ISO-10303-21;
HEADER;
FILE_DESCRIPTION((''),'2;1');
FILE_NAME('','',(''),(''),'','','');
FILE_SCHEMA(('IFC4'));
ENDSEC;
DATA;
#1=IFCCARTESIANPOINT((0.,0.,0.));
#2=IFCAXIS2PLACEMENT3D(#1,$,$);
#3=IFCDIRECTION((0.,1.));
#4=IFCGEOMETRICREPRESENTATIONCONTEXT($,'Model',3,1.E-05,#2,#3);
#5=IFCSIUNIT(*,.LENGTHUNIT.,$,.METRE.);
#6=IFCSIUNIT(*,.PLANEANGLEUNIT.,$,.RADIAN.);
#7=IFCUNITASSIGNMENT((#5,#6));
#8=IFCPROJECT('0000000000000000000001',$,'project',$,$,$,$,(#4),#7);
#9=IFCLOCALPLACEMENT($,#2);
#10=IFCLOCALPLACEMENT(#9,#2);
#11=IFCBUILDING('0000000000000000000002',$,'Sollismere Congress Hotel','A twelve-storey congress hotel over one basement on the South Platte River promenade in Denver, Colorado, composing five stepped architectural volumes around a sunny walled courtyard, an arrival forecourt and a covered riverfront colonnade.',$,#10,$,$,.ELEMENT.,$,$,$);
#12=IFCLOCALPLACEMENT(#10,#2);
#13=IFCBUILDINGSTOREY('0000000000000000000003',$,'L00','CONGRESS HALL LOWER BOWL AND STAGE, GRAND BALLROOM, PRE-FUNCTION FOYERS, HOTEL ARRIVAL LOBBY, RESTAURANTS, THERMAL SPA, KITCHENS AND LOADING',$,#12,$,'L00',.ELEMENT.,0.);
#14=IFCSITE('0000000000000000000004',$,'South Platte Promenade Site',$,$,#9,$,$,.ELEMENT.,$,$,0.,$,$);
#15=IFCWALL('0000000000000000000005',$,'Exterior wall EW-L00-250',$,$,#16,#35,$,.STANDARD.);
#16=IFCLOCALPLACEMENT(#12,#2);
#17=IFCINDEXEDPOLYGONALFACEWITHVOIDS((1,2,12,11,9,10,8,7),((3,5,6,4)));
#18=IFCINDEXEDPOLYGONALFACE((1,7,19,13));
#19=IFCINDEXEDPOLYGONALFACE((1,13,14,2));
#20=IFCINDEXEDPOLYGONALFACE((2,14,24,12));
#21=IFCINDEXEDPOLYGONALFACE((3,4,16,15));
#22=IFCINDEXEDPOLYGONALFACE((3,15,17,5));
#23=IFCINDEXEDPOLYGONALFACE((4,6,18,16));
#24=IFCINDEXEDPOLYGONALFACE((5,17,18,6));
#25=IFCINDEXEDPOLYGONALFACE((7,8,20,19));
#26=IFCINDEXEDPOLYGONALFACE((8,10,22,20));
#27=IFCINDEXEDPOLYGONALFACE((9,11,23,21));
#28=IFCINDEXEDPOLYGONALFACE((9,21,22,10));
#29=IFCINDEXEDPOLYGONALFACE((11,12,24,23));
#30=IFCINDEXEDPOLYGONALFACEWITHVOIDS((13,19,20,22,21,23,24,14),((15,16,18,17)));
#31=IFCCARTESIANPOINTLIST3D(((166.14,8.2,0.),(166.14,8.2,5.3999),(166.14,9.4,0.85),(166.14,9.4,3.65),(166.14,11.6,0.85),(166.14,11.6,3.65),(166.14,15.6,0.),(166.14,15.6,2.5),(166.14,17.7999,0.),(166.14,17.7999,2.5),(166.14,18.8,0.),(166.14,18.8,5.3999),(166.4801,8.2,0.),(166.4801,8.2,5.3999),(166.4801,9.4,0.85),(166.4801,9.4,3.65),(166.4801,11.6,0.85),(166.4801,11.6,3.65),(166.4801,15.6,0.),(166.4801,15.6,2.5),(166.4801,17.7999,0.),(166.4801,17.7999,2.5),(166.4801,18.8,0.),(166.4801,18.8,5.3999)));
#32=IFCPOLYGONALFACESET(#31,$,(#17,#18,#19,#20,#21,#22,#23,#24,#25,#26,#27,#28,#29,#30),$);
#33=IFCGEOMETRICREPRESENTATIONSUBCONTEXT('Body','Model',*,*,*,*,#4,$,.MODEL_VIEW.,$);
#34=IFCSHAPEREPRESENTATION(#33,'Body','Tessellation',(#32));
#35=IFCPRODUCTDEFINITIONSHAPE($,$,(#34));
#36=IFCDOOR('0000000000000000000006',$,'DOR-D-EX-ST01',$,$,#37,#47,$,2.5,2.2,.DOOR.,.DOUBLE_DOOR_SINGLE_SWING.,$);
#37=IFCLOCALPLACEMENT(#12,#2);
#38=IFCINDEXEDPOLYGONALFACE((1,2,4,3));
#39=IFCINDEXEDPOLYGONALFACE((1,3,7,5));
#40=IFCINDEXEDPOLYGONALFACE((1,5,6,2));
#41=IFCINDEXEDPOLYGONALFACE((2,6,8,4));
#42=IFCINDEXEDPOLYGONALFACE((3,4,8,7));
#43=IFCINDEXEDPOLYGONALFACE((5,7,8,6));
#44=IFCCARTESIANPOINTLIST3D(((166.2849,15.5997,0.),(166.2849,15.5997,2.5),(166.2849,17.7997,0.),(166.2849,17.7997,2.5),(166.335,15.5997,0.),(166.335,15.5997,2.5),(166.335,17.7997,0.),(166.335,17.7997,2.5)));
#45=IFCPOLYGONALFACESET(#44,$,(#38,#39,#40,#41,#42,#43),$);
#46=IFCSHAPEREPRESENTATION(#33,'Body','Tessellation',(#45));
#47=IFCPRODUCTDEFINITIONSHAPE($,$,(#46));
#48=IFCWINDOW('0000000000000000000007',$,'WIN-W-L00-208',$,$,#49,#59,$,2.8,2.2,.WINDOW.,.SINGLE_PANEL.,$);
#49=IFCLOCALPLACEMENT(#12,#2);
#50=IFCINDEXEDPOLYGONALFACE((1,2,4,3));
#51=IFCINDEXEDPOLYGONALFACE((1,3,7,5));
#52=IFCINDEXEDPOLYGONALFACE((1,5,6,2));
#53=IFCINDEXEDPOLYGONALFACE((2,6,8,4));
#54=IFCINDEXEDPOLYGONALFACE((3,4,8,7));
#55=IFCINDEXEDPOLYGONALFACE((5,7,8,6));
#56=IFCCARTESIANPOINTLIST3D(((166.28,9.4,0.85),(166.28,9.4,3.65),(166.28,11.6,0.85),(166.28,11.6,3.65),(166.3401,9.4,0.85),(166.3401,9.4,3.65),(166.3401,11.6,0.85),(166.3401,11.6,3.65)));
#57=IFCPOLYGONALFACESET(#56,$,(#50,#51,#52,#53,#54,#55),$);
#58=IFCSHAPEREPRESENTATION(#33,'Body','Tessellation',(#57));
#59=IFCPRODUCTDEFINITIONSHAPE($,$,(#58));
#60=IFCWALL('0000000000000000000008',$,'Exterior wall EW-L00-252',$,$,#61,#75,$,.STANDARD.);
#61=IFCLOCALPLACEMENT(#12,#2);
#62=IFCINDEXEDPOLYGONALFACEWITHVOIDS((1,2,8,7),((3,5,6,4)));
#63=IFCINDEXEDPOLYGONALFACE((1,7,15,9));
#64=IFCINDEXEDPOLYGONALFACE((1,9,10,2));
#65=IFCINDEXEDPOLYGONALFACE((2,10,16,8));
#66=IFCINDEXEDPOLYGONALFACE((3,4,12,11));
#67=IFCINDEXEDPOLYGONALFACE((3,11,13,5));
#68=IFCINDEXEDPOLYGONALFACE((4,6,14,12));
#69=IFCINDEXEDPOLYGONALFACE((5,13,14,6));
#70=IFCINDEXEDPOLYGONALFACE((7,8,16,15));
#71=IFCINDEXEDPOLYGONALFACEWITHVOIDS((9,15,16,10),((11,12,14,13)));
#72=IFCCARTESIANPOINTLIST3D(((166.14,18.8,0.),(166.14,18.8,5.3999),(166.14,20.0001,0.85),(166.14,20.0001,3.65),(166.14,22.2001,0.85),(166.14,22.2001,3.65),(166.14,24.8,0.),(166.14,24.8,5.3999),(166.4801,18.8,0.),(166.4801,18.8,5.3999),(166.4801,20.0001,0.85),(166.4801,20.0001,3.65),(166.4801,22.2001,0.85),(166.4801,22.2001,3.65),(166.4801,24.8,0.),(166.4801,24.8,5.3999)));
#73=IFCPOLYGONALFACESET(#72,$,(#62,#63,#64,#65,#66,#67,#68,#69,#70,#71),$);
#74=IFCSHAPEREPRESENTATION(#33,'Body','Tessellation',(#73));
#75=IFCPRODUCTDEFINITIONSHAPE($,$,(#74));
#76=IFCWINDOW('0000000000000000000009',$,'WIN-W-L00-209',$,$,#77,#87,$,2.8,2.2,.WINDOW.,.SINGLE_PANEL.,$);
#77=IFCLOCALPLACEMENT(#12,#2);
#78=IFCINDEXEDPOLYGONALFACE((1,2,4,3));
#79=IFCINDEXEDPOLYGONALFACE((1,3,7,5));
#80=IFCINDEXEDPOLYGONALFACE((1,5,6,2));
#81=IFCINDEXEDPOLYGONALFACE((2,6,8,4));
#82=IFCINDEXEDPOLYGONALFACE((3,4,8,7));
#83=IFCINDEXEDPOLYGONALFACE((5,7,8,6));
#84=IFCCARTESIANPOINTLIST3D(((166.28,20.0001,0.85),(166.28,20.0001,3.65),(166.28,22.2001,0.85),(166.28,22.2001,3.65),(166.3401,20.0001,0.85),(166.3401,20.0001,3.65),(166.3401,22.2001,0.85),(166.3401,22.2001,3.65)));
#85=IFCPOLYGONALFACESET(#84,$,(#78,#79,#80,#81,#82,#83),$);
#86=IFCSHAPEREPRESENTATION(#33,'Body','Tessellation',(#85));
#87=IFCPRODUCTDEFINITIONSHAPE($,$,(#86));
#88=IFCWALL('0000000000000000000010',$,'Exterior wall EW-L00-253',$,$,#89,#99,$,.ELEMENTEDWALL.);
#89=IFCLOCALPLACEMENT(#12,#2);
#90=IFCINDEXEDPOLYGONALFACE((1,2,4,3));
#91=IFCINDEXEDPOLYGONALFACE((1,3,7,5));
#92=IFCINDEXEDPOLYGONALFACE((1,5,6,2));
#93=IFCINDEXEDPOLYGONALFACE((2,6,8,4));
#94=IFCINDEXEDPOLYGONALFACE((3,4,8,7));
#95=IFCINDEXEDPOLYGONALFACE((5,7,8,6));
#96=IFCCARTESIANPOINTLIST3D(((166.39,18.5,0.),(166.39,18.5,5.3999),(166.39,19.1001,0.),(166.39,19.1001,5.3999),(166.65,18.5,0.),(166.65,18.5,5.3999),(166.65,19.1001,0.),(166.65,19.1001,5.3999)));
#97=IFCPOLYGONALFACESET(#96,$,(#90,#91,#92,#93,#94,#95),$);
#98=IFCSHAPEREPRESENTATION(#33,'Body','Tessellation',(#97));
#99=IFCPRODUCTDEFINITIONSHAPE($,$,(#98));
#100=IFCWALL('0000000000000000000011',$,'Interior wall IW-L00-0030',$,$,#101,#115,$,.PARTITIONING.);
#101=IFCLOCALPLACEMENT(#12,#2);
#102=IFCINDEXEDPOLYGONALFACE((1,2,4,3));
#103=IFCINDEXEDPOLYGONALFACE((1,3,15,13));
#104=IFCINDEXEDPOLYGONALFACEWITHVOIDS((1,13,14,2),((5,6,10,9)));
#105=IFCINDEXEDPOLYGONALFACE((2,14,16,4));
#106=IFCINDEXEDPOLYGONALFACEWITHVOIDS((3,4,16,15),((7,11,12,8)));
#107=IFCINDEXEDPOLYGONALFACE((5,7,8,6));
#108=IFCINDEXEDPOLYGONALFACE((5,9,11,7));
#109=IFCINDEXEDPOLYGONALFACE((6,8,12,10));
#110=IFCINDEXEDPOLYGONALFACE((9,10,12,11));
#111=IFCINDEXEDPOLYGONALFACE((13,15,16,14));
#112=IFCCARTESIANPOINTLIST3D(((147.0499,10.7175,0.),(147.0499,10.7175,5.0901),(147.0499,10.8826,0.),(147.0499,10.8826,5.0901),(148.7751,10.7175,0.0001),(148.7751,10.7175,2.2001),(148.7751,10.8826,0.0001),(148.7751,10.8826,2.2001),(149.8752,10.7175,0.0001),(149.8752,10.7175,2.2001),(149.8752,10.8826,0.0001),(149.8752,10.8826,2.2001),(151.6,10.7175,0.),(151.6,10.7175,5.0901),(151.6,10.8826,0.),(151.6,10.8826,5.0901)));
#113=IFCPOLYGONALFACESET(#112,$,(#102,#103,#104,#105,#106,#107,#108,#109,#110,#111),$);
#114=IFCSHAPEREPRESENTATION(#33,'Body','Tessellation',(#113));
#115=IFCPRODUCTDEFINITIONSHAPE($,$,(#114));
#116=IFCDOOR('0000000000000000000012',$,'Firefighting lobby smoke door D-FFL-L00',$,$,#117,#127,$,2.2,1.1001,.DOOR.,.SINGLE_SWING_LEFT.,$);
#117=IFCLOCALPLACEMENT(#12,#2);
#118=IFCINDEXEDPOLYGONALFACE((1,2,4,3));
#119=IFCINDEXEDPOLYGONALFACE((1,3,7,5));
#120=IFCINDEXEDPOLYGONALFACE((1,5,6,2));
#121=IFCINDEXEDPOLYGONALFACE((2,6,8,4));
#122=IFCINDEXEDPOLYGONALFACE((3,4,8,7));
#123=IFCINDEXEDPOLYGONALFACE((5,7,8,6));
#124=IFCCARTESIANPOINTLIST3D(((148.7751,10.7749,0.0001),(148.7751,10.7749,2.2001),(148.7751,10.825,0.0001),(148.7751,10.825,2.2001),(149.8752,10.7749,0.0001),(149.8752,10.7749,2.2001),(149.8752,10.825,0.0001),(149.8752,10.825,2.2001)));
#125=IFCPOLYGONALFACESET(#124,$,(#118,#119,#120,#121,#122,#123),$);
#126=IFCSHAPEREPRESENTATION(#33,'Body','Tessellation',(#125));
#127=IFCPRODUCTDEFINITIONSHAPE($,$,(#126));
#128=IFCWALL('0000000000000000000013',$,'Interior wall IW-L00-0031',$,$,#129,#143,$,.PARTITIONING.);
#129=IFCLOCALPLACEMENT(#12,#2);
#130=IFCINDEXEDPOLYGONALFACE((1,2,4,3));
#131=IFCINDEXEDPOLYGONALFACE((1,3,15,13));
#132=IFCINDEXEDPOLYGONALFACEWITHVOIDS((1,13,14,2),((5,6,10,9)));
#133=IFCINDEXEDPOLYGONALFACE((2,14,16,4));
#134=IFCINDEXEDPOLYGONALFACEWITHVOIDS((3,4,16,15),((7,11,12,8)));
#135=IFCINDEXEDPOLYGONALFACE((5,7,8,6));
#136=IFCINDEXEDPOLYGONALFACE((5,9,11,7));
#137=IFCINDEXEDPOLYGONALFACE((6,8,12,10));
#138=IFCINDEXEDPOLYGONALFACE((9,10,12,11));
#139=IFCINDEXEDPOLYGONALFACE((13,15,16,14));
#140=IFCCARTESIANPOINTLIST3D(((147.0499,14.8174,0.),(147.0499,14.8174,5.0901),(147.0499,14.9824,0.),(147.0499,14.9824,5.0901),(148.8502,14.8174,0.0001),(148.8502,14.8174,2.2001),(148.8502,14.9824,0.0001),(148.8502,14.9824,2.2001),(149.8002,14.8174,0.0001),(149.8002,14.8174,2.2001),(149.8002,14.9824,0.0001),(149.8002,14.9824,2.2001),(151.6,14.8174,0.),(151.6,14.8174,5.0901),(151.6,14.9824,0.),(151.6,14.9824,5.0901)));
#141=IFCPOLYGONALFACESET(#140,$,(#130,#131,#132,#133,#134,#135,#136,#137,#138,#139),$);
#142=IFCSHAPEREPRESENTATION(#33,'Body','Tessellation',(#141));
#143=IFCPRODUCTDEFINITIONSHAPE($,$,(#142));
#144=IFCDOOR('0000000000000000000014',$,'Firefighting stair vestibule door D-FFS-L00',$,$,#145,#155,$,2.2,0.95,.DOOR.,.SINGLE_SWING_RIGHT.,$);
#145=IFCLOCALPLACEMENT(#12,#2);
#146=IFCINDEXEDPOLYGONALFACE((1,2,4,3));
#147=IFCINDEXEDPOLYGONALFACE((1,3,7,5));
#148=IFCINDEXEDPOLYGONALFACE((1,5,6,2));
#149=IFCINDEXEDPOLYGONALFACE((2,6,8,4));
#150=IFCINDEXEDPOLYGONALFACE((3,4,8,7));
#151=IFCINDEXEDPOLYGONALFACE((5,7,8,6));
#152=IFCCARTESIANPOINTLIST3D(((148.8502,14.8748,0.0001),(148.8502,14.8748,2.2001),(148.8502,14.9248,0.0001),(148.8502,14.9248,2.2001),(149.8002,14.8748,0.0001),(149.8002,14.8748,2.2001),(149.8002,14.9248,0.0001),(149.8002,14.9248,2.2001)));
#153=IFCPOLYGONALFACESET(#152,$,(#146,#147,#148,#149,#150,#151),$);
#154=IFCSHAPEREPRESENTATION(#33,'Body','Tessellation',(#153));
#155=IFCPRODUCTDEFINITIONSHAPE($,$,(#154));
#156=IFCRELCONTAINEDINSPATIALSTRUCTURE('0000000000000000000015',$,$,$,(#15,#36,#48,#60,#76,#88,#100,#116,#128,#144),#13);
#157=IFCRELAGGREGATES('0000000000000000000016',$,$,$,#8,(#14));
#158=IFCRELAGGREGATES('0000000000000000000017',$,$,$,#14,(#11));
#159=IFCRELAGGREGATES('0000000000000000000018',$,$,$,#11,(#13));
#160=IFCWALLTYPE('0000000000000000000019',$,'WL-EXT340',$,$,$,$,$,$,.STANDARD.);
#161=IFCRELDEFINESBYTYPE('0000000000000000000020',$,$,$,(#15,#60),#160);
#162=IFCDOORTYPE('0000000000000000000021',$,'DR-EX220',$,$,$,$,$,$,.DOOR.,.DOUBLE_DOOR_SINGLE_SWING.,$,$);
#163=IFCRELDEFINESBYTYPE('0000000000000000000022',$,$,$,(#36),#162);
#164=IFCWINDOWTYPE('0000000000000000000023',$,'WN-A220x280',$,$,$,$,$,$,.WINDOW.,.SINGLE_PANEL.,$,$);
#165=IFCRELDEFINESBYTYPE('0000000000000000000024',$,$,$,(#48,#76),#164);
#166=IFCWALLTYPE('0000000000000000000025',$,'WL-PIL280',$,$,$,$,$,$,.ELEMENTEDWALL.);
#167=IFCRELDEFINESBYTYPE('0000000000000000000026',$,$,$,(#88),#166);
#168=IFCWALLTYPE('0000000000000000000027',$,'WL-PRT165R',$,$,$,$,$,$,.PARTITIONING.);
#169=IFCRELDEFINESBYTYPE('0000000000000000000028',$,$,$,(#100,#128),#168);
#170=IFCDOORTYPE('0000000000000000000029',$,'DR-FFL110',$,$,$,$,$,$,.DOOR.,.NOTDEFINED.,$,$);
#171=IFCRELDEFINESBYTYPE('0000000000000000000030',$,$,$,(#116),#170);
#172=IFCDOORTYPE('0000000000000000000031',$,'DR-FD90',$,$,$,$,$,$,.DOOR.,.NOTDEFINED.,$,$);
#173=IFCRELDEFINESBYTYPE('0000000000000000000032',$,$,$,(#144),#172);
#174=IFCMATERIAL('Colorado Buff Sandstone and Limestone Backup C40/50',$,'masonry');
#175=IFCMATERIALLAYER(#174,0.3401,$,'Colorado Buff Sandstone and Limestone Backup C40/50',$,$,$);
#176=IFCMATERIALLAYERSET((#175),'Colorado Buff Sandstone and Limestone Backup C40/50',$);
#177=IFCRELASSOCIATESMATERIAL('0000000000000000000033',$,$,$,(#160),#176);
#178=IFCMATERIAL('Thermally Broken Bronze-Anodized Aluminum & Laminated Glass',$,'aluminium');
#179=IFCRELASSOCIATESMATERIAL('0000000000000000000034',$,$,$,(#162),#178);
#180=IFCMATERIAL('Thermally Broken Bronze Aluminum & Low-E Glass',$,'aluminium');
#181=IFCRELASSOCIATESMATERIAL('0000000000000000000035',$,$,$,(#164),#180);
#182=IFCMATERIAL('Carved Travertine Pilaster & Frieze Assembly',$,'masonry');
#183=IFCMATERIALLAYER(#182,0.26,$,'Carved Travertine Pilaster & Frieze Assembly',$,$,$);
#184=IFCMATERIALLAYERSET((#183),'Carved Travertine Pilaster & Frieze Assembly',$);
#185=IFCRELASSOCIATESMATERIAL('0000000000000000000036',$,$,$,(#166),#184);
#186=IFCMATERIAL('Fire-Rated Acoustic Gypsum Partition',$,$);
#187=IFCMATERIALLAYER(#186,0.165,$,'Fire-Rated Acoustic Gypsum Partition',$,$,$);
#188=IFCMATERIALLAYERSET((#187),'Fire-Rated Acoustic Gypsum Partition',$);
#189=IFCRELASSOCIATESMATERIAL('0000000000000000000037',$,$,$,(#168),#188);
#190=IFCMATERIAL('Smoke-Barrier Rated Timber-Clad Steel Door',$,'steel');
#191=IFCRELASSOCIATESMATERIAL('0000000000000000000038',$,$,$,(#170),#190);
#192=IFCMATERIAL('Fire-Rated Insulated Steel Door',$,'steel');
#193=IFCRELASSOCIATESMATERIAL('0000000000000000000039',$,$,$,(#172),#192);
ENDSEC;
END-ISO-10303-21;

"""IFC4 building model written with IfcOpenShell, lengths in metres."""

from ifc_helpers import new_model, si_unit, direction, frame, frame_2d, origin, place, context, subcontext, project, spatial, rectangle, extrude, material, layer, layer_set, type_object, element, fill, save


model = new_model("IFC4")

# Units and contexts
model_context = context("Model", 3, precision=1e-05, world=origin(), true_north=direction((0.0, 1.0)))
body_context = subcontext(model_context, "Body", "Model", "MODEL_VIEW")
ifc_project = project(units=[si_unit("LENGTHUNIT", "METRE"), si_unit("PLANEANGLEUNIT", "RADIAN")], contexts=[model_context])

# Site, building, storey
site_placement = place(None, origin())
site = spatial("IfcSite", under=ifc_project, at=site_placement, Name="South Platte Promenade Site", CompositionType="ELEMENT", RefElevation=0.0)
building_placement = place(site_placement, origin())
building = spatial("IfcBuilding", under=site, at=building_placement, Name="Sollismere Congress Hotel", Description="A twelve-storey congress hotel over one basement on the South Platte River promenade in Denver, Colorado, composing five stepped architectural volumes around a sunny walled courtyard, an arrival forecourt and a covered riverfront colonnade.", CompositionType="ELEMENT")
storey_placement = place(building_placement, origin())
storey = spatial("IfcBuildingStorey", under=building, at=storey_placement, Name="L00", Description="CONGRESS HALL LOWER BOWL AND STAGE, GRAND BALLROOM, PRE-FUNCTION FOYERS, HOTEL ARRIVAL LOBBY, RESTAURANTS, THERMAL SPA, KITCHENS AND LOADING", LongName="L00", CompositionType="ELEMENT", Elevation=0.0)

# Wall, openings, door, window
ifc_material_1 = material(Name="Colorado Buff Sandstone and Limestone Backup C40/50", Category="masonry")
ifc_layer_1 = layer(ifc_material_1, 0.3401, Name="Colorado Buff Sandstone and Limestone Backup C40/50")
ifc_layer_set_1 = layer_set([ifc_layer_1], Name="Colorado Buff Sandstone and Limestone Backup C40/50")
wall_type_1 = type_object("IfcWallType", Name="WL-EXT340", PredefinedType="STANDARD", material=ifc_layer_set_1)
wall_1_placement = place(storey_placement, frame((166.3101, 8.2, 0.0), z_axis=(0.0, 0.0, 1.0), x_axis=(0.0, 1.0, 0.0)))
wall_1 = element("IfcWall", 1, at=wall_1_placement, inside=storey, type_object=wall_type_1, Name="Exterior wall EW-L00-250", PredefinedType="STANDARD", context=body_context, shape_type="SweptSolid", body=[
    extrude(rectangle(XDim=10.6001, YDim=0.3401, at=frame_2d((5.3, 0.0))), origin(), (0.0, 0.0, 1.0), 5.3999),
])
opening_1_placement = place(wall_1_placement, frame((1.2, 0.0, 0.8501)))
opening_1 = element("IfcOpeningElement", 2, at=opening_1_placement, cuts=wall_1, PredefinedType="OPENING", context=body_context, shape_type="SweptSolid", body=[
    extrude(rectangle(XDim=2.2, YDim=2.8, at=frame_2d((1.1001, 1.3999))), frame((0.0, 0.1799, 0.0), z_axis=(0.0, -1.0, 0.0), x_axis=(1.0, 0.0, 0.0)), (0.0, 0.0, 1.0), 0.3601),
])
opening_2_placement = place(wall_1_placement, frame((7.3999, 0.0, 0.0)))
opening_2 = element("IfcOpeningElement", 3, at=opening_2_placement, cuts=wall_1, PredefinedType="OPENING", context=body_context, shape_type="SweptSolid", body=[
    extrude(rectangle(XDim=2.2, YDim=2.5, at=frame_2d((1.1001, 1.25))), frame((0.0, 0.1799, 0.0), z_axis=(0.0, -1.0, 0.0), x_axis=(1.0, 0.0, 0.0)), (0.0, 0.0, 1.0), 0.3601),
])
ifc_material_2 = material(Name="Thermally Broken Bronze-Anodized Aluminum & Laminated Glass", Category="aluminium")
door_type_1 = type_object("IfcDoorType", Name="DR-EX220", OperationType="DOUBLE_DOOR_SINGLE_SWING", PredefinedType="DOOR", material=ifc_material_2)
door_1_placement = place(opening_2_placement, frame((2.2, 0.0, 0.0), z_axis=(0.0, 0.0, 1.0), x_axis=(-1.0, 0.0, 0.0)))
door_1 = element("IfcDoor", 4, at=door_1_placement, inside=storey, type_object=door_type_1, Name="DOR-D-EX-ST01", OperationType="DOUBLE_DOOR_SINGLE_SWING", OverallHeight=2.5, OverallWidth=2.2, PredefinedType="DOOR", context=body_context, shape_type="SweptSolid", body=[
    extrude(rectangle(XDim=2.2, YDim=2.5, at=frame_2d((1.1001, 1.25))), frame((0.0, 0.0249, 0.0), z_axis=(0.0, -1.0, 0.0), x_axis=(1.0, 0.0, 0.0)), (0.0, 0.0, 1.0), 0.05),
])
fill(opening_2, door_1)
ifc_material_3 = material(Name="Thermally Broken Bronze Aluminum & Low-E Glass", Category="aluminium")
window_type = type_object("IfcWindowType", Name="WN-A220x280", PartitioningType="SINGLE_PANEL", PredefinedType="WINDOW", material=ifc_material_3)
window_1_placement = place(opening_1_placement, origin())
window_1 = element("IfcWindow", 5, at=window_1_placement, inside=storey, type_object=window_type, Name="WIN-W-L00-208", OverallHeight=2.8, OverallWidth=2.2, PartitioningType="SINGLE_PANEL", PredefinedType="WINDOW", context=body_context, shape_type="SweptSolid", body=[
    extrude(rectangle(XDim=2.2, YDim=2.8, at=frame_2d((1.1001, 1.3999))), frame((0.0, 0.03, 0.0), z_axis=(0.0, -1.0, 0.0), x_axis=(1.0, 0.0, 0.0)), (0.0, 0.0, 1.0), 0.0601),
])
fill(opening_1, window_1)

# Wall, opening, window
wall_2_placement = place(storey_placement, frame((166.3101, 18.8, 0.0), z_axis=(0.0, 0.0, 1.0), x_axis=(0.0, 1.0, 0.0)))
wall_2 = element("IfcWall", 6, at=wall_2_placement, inside=storey, type_object=wall_type_1, Name="Exterior wall EW-L00-252", PredefinedType="STANDARD", context=body_context, shape_type="SweptSolid", body=[
    extrude(rectangle(XDim=6.0, YDim=0.3401, at=frame_2d((3.0, 0.0))), origin(), (0.0, 0.0, 1.0), 5.3999),
])
opening_3_placement = place(wall_2_placement, frame((1.2, 0.0, 0.8501)))
opening_3 = element("IfcOpeningElement", 7, at=opening_3_placement, cuts=wall_2, PredefinedType="OPENING", context=body_context, shape_type="SweptSolid", body=[
    extrude(rectangle(XDim=2.2, YDim=2.8, at=frame_2d((1.1001, 1.3999))), frame((0.0, 0.1799, 0.0), z_axis=(0.0, -1.0, 0.0), x_axis=(1.0, 0.0, 0.0)), (0.0, 0.0, 1.0), 0.3601),
])
window_2_placement = place(opening_3_placement, origin())
window_2 = element("IfcWindow", 8, at=window_2_placement, inside=storey, type_object=window_type, Name="WIN-W-L00-209", OverallHeight=2.8, OverallWidth=2.2, PartitioningType="SINGLE_PANEL", PredefinedType="WINDOW", context=body_context, shape_type="SweptSolid", body=[
    extrude(rectangle(XDim=2.2, YDim=2.8, at=frame_2d((1.1001, 1.3999))), frame((0.0, 0.03, 0.0), z_axis=(0.0, -1.0, 0.0), x_axis=(1.0, 0.0, 0.0)), (0.0, 0.0, 1.0), 0.0601),
])
fill(opening_3, window_2)

# Wall
ifc_material_4 = material(Name="Carved Travertine Pilaster & Frieze Assembly", Category="masonry")
ifc_layer_2 = layer(ifc_material_4, 0.26, Name="Carved Travertine Pilaster & Frieze Assembly")
ifc_layer_set_2 = layer_set([ifc_layer_2], Name="Carved Travertine Pilaster & Frieze Assembly")
wall_type_2 = type_object("IfcWallType", Name="WL-PIL280", PredefinedType="ELEMENTEDWALL", material=ifc_layer_set_2)
wall_3_placement = place(storey_placement, frame((166.52, 18.5, 0.0), z_axis=(0.0, 0.0, 1.0), x_axis=(0.0, 1.0, 0.0)))
element("IfcWall", 9, at=wall_3_placement, inside=storey, type_object=wall_type_2, Name="Exterior wall EW-L00-253", PredefinedType="ELEMENTEDWALL", context=body_context, shape_type="SweptSolid", body=[
    extrude(rectangle(XDim=0.6001, YDim=0.26, at=frame_2d((0.3, 0.0))), origin(), (0.0, 0.0, 1.0), 5.3999),
])

# Walls, openings, doors
ifc_material_5 = material(Name="Fire-Rated Acoustic Gypsum Partition")
ifc_layer_3 = layer(ifc_material_5, 0.165, Name="Fire-Rated Acoustic Gypsum Partition")
ifc_layer_set_3 = layer_set([ifc_layer_3], Name="Fire-Rated Acoustic Gypsum Partition")
wall_type_3 = type_object("IfcWallType", Name="WL-PRT165R", PredefinedType="PARTITIONING", material=ifc_layer_set_3)
wall_4_placement = place(storey_placement, frame((147.05, 10.8, 0.0), z_axis=(0.0, 0.0, 1.0), x_axis=(1.0, 0.0, 0.0)))
wall_4 = element("IfcWall", 10, at=wall_4_placement, inside=storey, type_object=wall_type_3, Name="Interior wall IW-L00-0030", PredefinedType="PARTITIONING", context=body_context, shape_type="SweptSolid", body=[
    extrude(rectangle(XDim=4.55, YDim=0.165, at=frame_2d((2.2749, 0.0))), origin(), (0.0, 0.0, 1.0), 5.0901),
])
opening_4_placement = place(wall_4_placement, frame((1.7251, 0.0, 0.0)))
opening_4 = element("IfcOpeningElement", 11, at=opening_4_placement, cuts=wall_4, PredefinedType="OPENING", context=body_context, shape_type="SweptSolid", body=[
    extrude(rectangle(XDim=1.1001, YDim=2.2, at=frame_2d((0.55, 1.1001))), frame((0.0, 0.0925, 0.0), z_axis=(0.0, -1.0, 0.0), x_axis=(1.0, 0.0, 0.0)), (0.0, 0.0, 1.0), 0.1851),
])
ifc_material_6 = material(Name="Smoke-Barrier Rated Timber-Clad Steel Door", Category="steel")
door_type_2 = type_object("IfcDoorType", Name="DR-FFL110", OperationType="NOTDEFINED", PredefinedType="DOOR", material=ifc_material_6)
door_2_placement = place(opening_4_placement, origin())
door_2 = element("IfcDoor", 12, at=door_2_placement, inside=storey, type_object=door_type_2, Name="Firefighting lobby smoke door D-FFL-L00", OperationType="SINGLE_SWING_LEFT", OverallHeight=2.2, OverallWidth=1.1001, PredefinedType="DOOR", context=body_context, shape_type="SweptSolid", body=[
    extrude(rectangle(XDim=1.1001, YDim=2.2, at=frame_2d((0.55, 1.1001))), frame((0.0, 0.0249, 0.0), z_axis=(0.0, -1.0, 0.0), x_axis=(1.0, 0.0, 0.0)), (0.0, 0.0, 1.0), 0.05),
])
fill(opening_4, door_2)
wall_5_placement = place(storey_placement, frame((147.05, 14.8999, 0.0), z_axis=(0.0, 0.0, 1.0), x_axis=(1.0, 0.0, 0.0)))
wall_5 = element("IfcWall", 13, at=wall_5_placement, inside=storey, type_object=wall_type_3, Name="Interior wall IW-L00-0031", PredefinedType="PARTITIONING", context=body_context, shape_type="SweptSolid", body=[
    extrude(rectangle(XDim=4.55, YDim=0.165, at=frame_2d((2.2749, 0.0))), origin(), (0.0, 0.0, 1.0), 5.0901),
])
opening_5_placement = place(wall_5_placement, frame((1.8, 0.0, 0.0)))
opening_5 = element("IfcOpeningElement", 14, at=opening_5_placement, cuts=wall_5, PredefinedType="OPENING", context=body_context, shape_type="SweptSolid", body=[
    extrude(rectangle(XDim=0.95, YDim=2.2, at=frame_2d((0.4751, 1.1001))), frame((0.0, 0.0925, 0.0), z_axis=(0.0, -1.0, 0.0), x_axis=(1.0, 0.0, 0.0)), (0.0, 0.0, 1.0), 0.1851),
])
ifc_material_7 = material(Name="Fire-Rated Insulated Steel Door", Category="steel")
door_type_3 = type_object("IfcDoorType", Name="DR-FD90", OperationType="NOTDEFINED", PredefinedType="DOOR", material=ifc_material_7)
door_3_placement = place(opening_5_placement, origin())
door_3 = element("IfcDoor", 15, at=door_3_placement, inside=storey, type_object=door_type_3, Name="Firefighting stair vestibule door D-FFS-L00", OperationType="SINGLE_SWING_RIGHT", OverallHeight=2.2, OverallWidth=0.95, PredefinedType="DOOR", context=body_context, shape_type="SweptSolid", body=[
    extrude(rectangle(XDim=0.95, YDim=2.2, at=frame_2d((0.4751, 1.1001))), frame((0.0, 0.0249, 0.0), z_axis=(0.0, -1.0, 0.0), x_axis=(1.0, 0.0, 0.0)), (0.0, 0.0, 1.0), 0.05),
])
fill(opening_5, door_3)

save(model, "model.ifc")
